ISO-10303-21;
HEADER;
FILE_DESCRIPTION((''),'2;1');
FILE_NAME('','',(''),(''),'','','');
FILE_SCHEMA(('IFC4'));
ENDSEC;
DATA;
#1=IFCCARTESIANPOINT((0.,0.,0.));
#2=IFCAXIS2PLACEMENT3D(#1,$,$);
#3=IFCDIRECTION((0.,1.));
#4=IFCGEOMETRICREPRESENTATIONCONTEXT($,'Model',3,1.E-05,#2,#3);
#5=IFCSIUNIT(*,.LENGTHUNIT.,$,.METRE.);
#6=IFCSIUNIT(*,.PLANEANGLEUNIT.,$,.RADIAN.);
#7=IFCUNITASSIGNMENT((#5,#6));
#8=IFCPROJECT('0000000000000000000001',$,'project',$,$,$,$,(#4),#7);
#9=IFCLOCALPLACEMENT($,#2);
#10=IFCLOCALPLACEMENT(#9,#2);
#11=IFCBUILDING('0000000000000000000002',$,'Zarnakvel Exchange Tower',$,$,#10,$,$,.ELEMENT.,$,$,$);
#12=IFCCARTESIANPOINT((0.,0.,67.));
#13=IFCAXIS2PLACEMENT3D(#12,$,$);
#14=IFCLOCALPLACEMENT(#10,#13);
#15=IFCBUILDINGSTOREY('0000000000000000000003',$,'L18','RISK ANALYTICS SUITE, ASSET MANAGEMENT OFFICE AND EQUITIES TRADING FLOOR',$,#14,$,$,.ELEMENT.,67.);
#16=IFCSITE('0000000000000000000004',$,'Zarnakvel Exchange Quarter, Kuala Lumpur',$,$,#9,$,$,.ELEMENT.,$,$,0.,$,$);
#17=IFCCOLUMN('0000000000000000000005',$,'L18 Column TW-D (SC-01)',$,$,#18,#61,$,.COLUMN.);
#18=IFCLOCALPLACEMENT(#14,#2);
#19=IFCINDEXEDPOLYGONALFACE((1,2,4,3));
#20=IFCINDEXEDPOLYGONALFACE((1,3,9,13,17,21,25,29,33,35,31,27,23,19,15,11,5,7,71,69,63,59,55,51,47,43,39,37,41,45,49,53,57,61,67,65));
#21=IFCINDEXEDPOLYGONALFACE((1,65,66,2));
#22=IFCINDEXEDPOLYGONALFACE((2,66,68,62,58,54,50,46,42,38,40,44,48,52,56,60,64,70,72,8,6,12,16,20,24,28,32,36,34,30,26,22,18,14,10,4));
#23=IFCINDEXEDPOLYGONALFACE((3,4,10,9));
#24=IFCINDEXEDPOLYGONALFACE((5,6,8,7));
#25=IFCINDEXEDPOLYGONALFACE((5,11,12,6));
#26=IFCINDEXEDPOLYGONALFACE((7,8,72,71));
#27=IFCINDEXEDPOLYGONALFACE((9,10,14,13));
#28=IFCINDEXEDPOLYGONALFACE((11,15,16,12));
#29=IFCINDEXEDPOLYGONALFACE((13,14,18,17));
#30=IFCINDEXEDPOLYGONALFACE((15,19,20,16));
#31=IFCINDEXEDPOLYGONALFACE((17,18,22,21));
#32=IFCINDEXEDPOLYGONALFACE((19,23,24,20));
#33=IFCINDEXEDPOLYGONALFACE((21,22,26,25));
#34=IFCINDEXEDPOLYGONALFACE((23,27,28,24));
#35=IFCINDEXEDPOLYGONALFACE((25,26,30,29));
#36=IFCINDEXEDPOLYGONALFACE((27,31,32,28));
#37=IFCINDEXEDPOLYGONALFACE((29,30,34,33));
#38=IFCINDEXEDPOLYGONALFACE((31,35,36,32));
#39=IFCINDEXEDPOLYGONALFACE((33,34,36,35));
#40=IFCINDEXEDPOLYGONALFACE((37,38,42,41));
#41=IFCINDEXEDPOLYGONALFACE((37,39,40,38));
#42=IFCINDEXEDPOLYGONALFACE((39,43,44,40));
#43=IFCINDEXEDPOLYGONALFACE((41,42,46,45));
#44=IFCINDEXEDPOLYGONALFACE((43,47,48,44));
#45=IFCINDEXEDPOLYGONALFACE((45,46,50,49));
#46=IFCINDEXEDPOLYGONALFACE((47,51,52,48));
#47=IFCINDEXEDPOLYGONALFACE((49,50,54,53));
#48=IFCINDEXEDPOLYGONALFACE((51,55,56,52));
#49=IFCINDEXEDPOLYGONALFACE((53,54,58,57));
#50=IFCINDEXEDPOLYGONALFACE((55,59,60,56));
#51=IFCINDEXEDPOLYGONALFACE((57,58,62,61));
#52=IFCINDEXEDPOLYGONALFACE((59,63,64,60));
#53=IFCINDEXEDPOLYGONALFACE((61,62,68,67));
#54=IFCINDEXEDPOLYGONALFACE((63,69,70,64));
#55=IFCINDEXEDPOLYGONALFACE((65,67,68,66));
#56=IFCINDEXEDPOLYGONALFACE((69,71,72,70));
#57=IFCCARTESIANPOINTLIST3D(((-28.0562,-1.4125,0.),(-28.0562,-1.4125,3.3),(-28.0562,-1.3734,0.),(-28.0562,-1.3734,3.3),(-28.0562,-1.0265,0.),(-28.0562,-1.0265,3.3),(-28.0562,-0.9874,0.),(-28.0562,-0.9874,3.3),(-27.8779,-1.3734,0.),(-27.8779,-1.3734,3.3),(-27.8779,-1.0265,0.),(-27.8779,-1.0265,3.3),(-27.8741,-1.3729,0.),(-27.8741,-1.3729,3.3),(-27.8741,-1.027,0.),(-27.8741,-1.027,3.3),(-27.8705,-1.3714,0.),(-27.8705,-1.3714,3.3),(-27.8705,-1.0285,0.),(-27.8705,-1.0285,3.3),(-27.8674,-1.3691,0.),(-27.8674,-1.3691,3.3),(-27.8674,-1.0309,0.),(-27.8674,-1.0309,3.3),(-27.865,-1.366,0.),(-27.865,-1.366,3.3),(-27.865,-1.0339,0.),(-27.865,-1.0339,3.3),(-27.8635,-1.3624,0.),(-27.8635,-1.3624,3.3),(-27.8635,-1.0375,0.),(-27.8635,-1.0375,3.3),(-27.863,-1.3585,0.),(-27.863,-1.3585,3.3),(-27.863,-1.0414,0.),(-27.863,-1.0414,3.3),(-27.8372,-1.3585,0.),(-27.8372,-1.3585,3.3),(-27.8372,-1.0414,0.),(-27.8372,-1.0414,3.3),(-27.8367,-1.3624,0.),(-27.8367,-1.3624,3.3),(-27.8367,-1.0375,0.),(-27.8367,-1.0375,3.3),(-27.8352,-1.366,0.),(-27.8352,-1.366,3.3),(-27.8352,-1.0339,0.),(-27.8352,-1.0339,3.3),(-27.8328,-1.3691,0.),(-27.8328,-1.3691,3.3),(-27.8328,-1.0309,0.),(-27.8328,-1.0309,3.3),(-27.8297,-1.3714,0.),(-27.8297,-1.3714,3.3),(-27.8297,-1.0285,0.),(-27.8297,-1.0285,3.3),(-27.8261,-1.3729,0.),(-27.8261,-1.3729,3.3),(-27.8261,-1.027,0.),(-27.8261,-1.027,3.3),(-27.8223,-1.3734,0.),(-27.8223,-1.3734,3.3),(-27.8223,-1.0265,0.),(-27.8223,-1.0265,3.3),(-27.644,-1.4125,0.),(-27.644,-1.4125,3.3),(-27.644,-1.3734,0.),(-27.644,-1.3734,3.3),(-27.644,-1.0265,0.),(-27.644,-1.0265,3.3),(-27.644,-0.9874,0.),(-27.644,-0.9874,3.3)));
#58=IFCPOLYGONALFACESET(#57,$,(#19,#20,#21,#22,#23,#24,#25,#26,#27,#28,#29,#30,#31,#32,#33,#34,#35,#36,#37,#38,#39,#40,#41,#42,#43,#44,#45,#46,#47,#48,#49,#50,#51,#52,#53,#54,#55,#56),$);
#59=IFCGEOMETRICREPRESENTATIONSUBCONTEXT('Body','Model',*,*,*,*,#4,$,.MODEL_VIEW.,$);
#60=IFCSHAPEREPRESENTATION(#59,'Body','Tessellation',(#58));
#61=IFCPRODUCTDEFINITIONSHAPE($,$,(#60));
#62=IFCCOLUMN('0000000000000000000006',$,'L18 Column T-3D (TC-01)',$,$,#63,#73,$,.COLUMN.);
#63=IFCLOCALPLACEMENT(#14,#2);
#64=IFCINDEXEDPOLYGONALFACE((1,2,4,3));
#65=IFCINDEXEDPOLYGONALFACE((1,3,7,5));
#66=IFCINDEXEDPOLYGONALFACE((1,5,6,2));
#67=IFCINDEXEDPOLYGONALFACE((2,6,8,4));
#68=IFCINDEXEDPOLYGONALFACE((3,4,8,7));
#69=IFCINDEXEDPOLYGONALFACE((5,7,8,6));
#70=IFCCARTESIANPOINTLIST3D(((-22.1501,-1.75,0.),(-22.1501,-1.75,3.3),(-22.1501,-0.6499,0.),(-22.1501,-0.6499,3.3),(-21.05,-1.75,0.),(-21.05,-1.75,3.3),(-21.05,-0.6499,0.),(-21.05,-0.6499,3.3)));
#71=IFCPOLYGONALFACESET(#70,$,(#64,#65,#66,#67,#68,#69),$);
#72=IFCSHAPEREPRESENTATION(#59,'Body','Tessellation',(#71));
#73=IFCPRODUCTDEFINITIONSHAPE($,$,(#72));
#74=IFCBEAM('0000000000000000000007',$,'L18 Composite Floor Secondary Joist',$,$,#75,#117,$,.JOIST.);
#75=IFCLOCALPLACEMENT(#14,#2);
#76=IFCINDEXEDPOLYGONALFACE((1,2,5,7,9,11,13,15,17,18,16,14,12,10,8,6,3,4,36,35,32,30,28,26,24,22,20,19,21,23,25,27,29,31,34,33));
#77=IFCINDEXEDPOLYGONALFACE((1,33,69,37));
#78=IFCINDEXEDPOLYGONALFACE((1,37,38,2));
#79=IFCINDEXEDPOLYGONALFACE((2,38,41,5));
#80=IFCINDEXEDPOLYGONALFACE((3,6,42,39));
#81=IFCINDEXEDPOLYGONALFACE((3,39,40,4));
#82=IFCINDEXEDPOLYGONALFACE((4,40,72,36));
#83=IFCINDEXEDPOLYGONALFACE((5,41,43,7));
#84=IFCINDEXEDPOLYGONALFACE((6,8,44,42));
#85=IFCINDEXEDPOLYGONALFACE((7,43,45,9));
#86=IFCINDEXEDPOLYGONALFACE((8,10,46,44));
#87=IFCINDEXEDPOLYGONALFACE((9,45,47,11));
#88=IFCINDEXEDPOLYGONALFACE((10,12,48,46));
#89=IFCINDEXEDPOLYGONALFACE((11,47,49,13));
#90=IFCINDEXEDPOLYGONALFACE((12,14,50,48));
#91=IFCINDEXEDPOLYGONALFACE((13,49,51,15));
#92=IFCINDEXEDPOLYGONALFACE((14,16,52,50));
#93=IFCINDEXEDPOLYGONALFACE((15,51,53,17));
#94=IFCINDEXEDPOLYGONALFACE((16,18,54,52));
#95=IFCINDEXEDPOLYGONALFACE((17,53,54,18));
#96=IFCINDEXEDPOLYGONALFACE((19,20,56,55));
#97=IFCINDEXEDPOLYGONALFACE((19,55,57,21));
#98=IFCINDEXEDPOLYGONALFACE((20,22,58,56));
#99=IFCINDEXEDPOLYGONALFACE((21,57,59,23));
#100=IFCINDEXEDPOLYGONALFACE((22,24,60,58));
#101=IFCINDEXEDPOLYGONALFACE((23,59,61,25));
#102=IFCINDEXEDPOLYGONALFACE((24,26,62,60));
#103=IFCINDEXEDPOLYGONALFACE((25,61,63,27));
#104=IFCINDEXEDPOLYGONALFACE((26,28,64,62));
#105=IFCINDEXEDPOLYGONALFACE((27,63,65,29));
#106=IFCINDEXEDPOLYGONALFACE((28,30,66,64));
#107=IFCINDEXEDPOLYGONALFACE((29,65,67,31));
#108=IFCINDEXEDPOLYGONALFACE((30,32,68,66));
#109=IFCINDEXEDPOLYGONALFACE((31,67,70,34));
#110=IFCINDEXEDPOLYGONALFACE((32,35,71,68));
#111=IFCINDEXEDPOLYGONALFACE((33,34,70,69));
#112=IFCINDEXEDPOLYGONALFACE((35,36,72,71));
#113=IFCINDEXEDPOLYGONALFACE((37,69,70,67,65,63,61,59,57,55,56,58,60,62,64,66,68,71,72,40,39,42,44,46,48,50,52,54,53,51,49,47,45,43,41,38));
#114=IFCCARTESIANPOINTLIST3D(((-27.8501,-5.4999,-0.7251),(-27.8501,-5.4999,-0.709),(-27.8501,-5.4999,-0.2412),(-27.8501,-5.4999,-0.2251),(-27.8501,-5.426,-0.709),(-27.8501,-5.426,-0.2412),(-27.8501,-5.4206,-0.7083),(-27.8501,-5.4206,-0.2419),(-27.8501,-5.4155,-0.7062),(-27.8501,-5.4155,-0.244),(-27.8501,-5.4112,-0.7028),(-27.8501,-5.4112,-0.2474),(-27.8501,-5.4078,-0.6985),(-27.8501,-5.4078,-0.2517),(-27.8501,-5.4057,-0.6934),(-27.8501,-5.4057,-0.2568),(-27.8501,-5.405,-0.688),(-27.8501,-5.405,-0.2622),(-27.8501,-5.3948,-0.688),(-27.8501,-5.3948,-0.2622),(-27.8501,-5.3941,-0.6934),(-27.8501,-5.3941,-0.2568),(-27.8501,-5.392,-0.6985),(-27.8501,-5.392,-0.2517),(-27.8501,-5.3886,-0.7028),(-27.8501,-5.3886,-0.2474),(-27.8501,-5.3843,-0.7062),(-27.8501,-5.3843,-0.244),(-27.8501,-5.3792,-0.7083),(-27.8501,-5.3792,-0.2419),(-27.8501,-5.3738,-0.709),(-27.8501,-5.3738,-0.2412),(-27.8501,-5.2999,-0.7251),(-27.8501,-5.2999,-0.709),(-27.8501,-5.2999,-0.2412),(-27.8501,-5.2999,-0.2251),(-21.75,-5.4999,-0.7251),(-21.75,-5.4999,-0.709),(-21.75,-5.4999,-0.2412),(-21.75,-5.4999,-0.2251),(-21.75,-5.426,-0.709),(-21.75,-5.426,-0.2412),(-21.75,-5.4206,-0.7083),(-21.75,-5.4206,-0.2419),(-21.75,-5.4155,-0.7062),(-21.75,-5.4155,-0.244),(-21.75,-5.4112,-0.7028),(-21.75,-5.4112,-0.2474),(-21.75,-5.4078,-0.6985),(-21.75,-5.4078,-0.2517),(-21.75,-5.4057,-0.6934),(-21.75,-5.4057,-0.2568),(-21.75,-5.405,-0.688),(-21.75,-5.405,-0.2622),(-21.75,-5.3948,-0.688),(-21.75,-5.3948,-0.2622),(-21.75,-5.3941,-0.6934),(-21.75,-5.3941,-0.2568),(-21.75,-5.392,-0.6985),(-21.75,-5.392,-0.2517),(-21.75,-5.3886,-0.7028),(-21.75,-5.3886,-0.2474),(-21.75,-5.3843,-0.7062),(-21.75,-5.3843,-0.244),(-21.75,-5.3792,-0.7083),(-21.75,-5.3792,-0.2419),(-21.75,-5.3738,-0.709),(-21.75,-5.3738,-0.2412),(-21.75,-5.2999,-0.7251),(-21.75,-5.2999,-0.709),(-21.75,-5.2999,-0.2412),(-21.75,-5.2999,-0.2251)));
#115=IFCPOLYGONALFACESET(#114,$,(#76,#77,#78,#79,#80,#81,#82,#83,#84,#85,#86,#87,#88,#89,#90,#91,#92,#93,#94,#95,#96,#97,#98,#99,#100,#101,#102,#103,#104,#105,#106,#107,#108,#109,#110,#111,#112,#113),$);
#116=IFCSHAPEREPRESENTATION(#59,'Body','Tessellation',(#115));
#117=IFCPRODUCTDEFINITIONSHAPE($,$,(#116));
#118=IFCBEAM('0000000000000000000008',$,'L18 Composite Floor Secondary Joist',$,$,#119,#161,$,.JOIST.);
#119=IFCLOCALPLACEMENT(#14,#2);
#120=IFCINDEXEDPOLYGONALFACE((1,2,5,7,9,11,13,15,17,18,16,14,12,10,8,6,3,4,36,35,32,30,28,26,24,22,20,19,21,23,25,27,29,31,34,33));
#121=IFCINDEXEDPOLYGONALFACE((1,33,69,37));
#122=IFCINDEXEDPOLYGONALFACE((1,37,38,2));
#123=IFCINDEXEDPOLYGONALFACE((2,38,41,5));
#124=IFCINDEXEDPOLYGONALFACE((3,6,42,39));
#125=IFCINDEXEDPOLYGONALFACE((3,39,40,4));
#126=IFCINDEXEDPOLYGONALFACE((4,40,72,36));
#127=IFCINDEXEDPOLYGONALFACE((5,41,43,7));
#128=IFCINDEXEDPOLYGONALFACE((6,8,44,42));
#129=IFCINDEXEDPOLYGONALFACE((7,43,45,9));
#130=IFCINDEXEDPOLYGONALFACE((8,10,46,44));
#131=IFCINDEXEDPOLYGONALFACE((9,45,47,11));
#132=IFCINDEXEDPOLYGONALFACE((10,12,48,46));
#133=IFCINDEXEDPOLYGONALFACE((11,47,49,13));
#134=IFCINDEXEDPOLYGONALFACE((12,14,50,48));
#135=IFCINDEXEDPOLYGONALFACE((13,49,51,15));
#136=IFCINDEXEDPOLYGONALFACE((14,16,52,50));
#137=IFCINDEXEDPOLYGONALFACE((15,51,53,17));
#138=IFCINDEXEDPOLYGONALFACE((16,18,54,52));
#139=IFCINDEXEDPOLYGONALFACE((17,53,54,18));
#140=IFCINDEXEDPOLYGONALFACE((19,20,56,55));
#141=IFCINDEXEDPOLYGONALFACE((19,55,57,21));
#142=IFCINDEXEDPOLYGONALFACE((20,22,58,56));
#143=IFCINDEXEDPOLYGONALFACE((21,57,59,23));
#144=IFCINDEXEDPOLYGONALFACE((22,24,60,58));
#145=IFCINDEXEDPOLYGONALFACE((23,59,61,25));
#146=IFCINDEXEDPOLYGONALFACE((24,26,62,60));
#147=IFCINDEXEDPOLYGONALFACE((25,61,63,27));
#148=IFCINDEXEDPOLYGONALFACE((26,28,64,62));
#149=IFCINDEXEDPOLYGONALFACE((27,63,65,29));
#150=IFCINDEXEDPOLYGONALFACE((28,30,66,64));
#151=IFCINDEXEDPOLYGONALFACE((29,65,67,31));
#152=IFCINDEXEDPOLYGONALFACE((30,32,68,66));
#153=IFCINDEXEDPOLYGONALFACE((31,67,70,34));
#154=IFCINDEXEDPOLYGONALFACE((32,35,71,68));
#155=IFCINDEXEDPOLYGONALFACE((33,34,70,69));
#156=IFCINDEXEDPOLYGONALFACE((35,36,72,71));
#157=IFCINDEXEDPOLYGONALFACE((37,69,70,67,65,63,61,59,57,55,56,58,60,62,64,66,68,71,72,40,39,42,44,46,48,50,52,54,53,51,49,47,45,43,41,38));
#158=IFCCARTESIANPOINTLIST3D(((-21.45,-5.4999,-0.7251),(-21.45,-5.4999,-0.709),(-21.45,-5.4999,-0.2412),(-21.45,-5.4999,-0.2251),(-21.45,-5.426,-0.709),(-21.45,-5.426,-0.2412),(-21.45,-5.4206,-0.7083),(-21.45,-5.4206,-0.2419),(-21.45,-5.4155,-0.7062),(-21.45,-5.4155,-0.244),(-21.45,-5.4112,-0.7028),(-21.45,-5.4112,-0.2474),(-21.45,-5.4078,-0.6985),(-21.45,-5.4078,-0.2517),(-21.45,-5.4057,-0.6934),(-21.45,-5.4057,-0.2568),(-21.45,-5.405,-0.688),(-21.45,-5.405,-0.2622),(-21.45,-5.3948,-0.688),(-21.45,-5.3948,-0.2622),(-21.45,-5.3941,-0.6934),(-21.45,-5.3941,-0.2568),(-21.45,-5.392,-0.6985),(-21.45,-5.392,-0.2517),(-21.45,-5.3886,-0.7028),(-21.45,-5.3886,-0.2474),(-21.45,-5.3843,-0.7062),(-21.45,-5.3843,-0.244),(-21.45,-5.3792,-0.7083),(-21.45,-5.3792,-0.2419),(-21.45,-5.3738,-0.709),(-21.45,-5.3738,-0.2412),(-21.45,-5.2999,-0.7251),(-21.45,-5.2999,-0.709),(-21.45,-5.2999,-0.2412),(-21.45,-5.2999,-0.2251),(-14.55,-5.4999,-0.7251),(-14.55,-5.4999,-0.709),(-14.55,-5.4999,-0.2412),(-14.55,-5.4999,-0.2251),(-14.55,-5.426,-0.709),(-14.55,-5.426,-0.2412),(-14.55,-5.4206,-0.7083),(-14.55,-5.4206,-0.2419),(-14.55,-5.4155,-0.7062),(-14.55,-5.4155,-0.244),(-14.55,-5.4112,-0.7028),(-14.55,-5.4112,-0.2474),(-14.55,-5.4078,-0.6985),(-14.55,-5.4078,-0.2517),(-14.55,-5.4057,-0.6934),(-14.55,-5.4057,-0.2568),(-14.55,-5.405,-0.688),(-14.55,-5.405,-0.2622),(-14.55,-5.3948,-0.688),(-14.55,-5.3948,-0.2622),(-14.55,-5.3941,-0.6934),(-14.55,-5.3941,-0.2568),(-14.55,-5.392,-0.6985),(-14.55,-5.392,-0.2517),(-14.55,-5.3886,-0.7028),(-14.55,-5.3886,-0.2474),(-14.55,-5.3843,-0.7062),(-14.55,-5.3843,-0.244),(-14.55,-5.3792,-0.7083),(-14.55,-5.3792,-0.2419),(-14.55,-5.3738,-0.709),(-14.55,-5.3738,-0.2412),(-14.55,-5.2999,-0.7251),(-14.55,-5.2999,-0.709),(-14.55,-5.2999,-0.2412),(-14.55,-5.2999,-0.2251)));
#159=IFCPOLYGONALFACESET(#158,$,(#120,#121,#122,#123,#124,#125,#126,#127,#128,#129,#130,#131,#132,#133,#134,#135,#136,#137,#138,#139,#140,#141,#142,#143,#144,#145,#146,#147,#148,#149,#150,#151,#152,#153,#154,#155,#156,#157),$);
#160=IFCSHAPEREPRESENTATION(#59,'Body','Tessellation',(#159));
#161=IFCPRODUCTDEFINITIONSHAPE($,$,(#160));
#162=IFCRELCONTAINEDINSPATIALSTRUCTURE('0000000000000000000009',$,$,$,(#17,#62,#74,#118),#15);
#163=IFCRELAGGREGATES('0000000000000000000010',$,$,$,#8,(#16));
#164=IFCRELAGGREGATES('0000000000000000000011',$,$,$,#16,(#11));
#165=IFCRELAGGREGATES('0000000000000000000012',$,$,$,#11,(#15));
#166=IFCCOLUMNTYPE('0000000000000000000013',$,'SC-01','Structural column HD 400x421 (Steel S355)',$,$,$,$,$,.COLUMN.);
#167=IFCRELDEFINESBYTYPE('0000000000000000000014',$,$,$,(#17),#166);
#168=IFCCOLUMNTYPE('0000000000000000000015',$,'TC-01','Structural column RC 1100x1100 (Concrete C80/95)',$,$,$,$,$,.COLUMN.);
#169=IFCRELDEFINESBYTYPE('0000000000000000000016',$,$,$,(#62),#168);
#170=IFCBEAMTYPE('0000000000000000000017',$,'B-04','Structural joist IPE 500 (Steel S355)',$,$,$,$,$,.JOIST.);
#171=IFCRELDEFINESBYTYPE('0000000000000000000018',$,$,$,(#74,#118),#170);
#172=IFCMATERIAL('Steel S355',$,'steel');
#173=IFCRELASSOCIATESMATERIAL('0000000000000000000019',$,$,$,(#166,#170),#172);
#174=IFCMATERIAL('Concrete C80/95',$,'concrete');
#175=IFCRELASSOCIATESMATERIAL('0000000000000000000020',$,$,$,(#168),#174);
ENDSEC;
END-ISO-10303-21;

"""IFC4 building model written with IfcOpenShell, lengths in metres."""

from ifc_helpers import new_model, si_unit, direction, frame, origin, origin_2d, place, context, subcontext, project, spatial, rectangle, i_section, extrude, material, material_profile, profile_set, type_object, element, save


model = new_model("IFC4")

# Units and contexts
model_context = context("Model", 3, precision=1e-05, world=origin(), true_north=direction((0.0, 1.0)))
body_context = subcontext(model_context, "Body", "Model", "MODEL_VIEW")
ifc_project = project(units=[si_unit("LENGTHUNIT", "METRE"), si_unit("PLANEANGLEUNIT", "RADIAN")], contexts=[model_context])

# Site, building, storey
site_placement = place(None, origin())
site = spatial("IfcSite", under=ifc_project, at=site_placement, Name="Zarnakvel Exchange Quarter, Kuala Lumpur", CompositionType="ELEMENT", RefElevation=0.0)
building_placement = place(site_placement, origin())
building = spatial("IfcBuilding", under=site, at=building_placement, Name="Zarnakvel Exchange Tower", CompositionType="ELEMENT")
storey_placement = place(building_placement, frame((0.0, 0.0, 67.0)))
storey = spatial("IfcBuildingStorey", under=building, at=storey_placement, Name="L18", Description="RISK ANALYTICS SUITE, ASSET MANAGEMENT OFFICE AND EQUITIES TRADING FLOOR", CompositionType="ELEMENT", Elevation=67.0)

# Columns
ifc_material_1 = material(Name="Steel S355", Category="steel")
ifc_material_profile_1 = material_profile(ifc_material_1, i_section(OverallWidth=0.4121, OverallDepth=0.425, WebThickness=0.0259, FlangeThickness=0.0391, FilletRadius=0.0149, at=origin_2d()))
ifc_profile_set_1 = profile_set([ifc_material_profile_1], Name="Steel S355")
column_type_1 = type_object("IfcColumnType", Name="SC-01", Description="Structural column HD 400x421 (Steel S355)", PredefinedType="COLUMN", material=ifc_profile_set_1)
column_1_placement = place(storey_placement, frame((-27.8501, -1.2, 0.0), z_axis=(0.0, 0.0, 1.0), x_axis=(1.0, 0.0, 0.0)))
element("IfcColumn", 1, at=column_1_placement, inside=storey, type_object=column_type_1, Name="L18 Column TW-D (SC-01)", PredefinedType="COLUMN", context=body_context, shape_type="SweptSolid", body=[
    extrude(i_section(OverallWidth=0.4121, OverallDepth=0.425, WebThickness=0.0259, FlangeThickness=0.0391, FilletRadius=0.0149, at=origin_2d()), origin(), (0.0, 0.0, 1.0), 3.3),
])
ifc_material_2 = material(Name="Concrete C80/95", Category="concrete")
ifc_material_profile_2 = material_profile(ifc_material_2, rectangle(XDim=1.1001, YDim=1.1001, at=origin_2d()))
ifc_profile_set_2 = profile_set([ifc_material_profile_2], Name="Concrete C80/95")
column_type_2 = type_object("IfcColumnType", Name="TC-01", Description="Structural column RC 1100x1100 (Concrete C80/95)", PredefinedType="COLUMN", material=ifc_profile_set_2)
column_2_placement = place(storey_placement, frame((-21.6001, -1.2, 0.0), z_axis=(0.0, 0.0, 1.0), x_axis=(1.0, 0.0, 0.0)))
element("IfcColumn", 2, at=column_2_placement, inside=storey, type_object=column_type_2, Name="L18 Column T-3D (TC-01)", PredefinedType="COLUMN", context=body_context, shape_type="SweptSolid", body=[
    extrude(rectangle(XDim=1.1001, YDim=1.1001, at=origin_2d()), origin(), (0.0, 0.0, 1.0), 3.3),
])

# Beams
ifc_material_profile_3 = material_profile(ifc_material_1, i_section(OverallWidth=0.2, OverallDepth=0.5, WebThickness=0.0103, FlangeThickness=0.0161, FilletRadius=0.021, at=origin_2d()))
ifc_profile_set_3 = profile_set([ifc_material_profile_3], Name="Steel S355")
beam_type_1 = type_object("IfcBeamType", Name="B-04", Description="Structural joist IPE 500 (Steel S355)", PredefinedType="JOIST", material=ifc_profile_set_3)
beam_1_placement = place(storey_placement, frame((-27.8501, -5.3999, -0.4751), z_axis=(1.0, 0.0, 0.0), x_axis=(0.0, 1.0, 0.0)))
element("IfcBeam", 3, at=beam_1_placement, inside=storey, type_object=beam_type_1, Name="L18 Composite Floor Secondary Joist", PredefinedType="JOIST", context=body_context, shape_type="SweptSolid", body=[
    extrude(i_section(OverallWidth=0.2, OverallDepth=0.5, WebThickness=0.0103, FlangeThickness=0.0161, FilletRadius=0.021, at=origin_2d()), origin(), (0.0, 0.0, 1.0), 6.1001),
])
beam_2_placement = place(storey_placement, frame((-21.45, -5.3999, -0.4751), z_axis=(1.0, 0.0, 0.0), x_axis=(0.0, 1.0, 0.0)))
element("IfcBeam", 4, at=beam_2_placement, inside=storey, type_object=beam_type_1, Name="L18 Composite Floor Secondary Joist", PredefinedType="JOIST", context=body_context, shape_type="SweptSolid", body=[
    extrude(i_section(OverallWidth=0.2, OverallDepth=0.5, WebThickness=0.0103, FlangeThickness=0.0161, FilletRadius=0.021, at=origin_2d()), origin(), (0.0, 0.0, 1.0), 6.8999),
])

save(model, "model.ifc")
